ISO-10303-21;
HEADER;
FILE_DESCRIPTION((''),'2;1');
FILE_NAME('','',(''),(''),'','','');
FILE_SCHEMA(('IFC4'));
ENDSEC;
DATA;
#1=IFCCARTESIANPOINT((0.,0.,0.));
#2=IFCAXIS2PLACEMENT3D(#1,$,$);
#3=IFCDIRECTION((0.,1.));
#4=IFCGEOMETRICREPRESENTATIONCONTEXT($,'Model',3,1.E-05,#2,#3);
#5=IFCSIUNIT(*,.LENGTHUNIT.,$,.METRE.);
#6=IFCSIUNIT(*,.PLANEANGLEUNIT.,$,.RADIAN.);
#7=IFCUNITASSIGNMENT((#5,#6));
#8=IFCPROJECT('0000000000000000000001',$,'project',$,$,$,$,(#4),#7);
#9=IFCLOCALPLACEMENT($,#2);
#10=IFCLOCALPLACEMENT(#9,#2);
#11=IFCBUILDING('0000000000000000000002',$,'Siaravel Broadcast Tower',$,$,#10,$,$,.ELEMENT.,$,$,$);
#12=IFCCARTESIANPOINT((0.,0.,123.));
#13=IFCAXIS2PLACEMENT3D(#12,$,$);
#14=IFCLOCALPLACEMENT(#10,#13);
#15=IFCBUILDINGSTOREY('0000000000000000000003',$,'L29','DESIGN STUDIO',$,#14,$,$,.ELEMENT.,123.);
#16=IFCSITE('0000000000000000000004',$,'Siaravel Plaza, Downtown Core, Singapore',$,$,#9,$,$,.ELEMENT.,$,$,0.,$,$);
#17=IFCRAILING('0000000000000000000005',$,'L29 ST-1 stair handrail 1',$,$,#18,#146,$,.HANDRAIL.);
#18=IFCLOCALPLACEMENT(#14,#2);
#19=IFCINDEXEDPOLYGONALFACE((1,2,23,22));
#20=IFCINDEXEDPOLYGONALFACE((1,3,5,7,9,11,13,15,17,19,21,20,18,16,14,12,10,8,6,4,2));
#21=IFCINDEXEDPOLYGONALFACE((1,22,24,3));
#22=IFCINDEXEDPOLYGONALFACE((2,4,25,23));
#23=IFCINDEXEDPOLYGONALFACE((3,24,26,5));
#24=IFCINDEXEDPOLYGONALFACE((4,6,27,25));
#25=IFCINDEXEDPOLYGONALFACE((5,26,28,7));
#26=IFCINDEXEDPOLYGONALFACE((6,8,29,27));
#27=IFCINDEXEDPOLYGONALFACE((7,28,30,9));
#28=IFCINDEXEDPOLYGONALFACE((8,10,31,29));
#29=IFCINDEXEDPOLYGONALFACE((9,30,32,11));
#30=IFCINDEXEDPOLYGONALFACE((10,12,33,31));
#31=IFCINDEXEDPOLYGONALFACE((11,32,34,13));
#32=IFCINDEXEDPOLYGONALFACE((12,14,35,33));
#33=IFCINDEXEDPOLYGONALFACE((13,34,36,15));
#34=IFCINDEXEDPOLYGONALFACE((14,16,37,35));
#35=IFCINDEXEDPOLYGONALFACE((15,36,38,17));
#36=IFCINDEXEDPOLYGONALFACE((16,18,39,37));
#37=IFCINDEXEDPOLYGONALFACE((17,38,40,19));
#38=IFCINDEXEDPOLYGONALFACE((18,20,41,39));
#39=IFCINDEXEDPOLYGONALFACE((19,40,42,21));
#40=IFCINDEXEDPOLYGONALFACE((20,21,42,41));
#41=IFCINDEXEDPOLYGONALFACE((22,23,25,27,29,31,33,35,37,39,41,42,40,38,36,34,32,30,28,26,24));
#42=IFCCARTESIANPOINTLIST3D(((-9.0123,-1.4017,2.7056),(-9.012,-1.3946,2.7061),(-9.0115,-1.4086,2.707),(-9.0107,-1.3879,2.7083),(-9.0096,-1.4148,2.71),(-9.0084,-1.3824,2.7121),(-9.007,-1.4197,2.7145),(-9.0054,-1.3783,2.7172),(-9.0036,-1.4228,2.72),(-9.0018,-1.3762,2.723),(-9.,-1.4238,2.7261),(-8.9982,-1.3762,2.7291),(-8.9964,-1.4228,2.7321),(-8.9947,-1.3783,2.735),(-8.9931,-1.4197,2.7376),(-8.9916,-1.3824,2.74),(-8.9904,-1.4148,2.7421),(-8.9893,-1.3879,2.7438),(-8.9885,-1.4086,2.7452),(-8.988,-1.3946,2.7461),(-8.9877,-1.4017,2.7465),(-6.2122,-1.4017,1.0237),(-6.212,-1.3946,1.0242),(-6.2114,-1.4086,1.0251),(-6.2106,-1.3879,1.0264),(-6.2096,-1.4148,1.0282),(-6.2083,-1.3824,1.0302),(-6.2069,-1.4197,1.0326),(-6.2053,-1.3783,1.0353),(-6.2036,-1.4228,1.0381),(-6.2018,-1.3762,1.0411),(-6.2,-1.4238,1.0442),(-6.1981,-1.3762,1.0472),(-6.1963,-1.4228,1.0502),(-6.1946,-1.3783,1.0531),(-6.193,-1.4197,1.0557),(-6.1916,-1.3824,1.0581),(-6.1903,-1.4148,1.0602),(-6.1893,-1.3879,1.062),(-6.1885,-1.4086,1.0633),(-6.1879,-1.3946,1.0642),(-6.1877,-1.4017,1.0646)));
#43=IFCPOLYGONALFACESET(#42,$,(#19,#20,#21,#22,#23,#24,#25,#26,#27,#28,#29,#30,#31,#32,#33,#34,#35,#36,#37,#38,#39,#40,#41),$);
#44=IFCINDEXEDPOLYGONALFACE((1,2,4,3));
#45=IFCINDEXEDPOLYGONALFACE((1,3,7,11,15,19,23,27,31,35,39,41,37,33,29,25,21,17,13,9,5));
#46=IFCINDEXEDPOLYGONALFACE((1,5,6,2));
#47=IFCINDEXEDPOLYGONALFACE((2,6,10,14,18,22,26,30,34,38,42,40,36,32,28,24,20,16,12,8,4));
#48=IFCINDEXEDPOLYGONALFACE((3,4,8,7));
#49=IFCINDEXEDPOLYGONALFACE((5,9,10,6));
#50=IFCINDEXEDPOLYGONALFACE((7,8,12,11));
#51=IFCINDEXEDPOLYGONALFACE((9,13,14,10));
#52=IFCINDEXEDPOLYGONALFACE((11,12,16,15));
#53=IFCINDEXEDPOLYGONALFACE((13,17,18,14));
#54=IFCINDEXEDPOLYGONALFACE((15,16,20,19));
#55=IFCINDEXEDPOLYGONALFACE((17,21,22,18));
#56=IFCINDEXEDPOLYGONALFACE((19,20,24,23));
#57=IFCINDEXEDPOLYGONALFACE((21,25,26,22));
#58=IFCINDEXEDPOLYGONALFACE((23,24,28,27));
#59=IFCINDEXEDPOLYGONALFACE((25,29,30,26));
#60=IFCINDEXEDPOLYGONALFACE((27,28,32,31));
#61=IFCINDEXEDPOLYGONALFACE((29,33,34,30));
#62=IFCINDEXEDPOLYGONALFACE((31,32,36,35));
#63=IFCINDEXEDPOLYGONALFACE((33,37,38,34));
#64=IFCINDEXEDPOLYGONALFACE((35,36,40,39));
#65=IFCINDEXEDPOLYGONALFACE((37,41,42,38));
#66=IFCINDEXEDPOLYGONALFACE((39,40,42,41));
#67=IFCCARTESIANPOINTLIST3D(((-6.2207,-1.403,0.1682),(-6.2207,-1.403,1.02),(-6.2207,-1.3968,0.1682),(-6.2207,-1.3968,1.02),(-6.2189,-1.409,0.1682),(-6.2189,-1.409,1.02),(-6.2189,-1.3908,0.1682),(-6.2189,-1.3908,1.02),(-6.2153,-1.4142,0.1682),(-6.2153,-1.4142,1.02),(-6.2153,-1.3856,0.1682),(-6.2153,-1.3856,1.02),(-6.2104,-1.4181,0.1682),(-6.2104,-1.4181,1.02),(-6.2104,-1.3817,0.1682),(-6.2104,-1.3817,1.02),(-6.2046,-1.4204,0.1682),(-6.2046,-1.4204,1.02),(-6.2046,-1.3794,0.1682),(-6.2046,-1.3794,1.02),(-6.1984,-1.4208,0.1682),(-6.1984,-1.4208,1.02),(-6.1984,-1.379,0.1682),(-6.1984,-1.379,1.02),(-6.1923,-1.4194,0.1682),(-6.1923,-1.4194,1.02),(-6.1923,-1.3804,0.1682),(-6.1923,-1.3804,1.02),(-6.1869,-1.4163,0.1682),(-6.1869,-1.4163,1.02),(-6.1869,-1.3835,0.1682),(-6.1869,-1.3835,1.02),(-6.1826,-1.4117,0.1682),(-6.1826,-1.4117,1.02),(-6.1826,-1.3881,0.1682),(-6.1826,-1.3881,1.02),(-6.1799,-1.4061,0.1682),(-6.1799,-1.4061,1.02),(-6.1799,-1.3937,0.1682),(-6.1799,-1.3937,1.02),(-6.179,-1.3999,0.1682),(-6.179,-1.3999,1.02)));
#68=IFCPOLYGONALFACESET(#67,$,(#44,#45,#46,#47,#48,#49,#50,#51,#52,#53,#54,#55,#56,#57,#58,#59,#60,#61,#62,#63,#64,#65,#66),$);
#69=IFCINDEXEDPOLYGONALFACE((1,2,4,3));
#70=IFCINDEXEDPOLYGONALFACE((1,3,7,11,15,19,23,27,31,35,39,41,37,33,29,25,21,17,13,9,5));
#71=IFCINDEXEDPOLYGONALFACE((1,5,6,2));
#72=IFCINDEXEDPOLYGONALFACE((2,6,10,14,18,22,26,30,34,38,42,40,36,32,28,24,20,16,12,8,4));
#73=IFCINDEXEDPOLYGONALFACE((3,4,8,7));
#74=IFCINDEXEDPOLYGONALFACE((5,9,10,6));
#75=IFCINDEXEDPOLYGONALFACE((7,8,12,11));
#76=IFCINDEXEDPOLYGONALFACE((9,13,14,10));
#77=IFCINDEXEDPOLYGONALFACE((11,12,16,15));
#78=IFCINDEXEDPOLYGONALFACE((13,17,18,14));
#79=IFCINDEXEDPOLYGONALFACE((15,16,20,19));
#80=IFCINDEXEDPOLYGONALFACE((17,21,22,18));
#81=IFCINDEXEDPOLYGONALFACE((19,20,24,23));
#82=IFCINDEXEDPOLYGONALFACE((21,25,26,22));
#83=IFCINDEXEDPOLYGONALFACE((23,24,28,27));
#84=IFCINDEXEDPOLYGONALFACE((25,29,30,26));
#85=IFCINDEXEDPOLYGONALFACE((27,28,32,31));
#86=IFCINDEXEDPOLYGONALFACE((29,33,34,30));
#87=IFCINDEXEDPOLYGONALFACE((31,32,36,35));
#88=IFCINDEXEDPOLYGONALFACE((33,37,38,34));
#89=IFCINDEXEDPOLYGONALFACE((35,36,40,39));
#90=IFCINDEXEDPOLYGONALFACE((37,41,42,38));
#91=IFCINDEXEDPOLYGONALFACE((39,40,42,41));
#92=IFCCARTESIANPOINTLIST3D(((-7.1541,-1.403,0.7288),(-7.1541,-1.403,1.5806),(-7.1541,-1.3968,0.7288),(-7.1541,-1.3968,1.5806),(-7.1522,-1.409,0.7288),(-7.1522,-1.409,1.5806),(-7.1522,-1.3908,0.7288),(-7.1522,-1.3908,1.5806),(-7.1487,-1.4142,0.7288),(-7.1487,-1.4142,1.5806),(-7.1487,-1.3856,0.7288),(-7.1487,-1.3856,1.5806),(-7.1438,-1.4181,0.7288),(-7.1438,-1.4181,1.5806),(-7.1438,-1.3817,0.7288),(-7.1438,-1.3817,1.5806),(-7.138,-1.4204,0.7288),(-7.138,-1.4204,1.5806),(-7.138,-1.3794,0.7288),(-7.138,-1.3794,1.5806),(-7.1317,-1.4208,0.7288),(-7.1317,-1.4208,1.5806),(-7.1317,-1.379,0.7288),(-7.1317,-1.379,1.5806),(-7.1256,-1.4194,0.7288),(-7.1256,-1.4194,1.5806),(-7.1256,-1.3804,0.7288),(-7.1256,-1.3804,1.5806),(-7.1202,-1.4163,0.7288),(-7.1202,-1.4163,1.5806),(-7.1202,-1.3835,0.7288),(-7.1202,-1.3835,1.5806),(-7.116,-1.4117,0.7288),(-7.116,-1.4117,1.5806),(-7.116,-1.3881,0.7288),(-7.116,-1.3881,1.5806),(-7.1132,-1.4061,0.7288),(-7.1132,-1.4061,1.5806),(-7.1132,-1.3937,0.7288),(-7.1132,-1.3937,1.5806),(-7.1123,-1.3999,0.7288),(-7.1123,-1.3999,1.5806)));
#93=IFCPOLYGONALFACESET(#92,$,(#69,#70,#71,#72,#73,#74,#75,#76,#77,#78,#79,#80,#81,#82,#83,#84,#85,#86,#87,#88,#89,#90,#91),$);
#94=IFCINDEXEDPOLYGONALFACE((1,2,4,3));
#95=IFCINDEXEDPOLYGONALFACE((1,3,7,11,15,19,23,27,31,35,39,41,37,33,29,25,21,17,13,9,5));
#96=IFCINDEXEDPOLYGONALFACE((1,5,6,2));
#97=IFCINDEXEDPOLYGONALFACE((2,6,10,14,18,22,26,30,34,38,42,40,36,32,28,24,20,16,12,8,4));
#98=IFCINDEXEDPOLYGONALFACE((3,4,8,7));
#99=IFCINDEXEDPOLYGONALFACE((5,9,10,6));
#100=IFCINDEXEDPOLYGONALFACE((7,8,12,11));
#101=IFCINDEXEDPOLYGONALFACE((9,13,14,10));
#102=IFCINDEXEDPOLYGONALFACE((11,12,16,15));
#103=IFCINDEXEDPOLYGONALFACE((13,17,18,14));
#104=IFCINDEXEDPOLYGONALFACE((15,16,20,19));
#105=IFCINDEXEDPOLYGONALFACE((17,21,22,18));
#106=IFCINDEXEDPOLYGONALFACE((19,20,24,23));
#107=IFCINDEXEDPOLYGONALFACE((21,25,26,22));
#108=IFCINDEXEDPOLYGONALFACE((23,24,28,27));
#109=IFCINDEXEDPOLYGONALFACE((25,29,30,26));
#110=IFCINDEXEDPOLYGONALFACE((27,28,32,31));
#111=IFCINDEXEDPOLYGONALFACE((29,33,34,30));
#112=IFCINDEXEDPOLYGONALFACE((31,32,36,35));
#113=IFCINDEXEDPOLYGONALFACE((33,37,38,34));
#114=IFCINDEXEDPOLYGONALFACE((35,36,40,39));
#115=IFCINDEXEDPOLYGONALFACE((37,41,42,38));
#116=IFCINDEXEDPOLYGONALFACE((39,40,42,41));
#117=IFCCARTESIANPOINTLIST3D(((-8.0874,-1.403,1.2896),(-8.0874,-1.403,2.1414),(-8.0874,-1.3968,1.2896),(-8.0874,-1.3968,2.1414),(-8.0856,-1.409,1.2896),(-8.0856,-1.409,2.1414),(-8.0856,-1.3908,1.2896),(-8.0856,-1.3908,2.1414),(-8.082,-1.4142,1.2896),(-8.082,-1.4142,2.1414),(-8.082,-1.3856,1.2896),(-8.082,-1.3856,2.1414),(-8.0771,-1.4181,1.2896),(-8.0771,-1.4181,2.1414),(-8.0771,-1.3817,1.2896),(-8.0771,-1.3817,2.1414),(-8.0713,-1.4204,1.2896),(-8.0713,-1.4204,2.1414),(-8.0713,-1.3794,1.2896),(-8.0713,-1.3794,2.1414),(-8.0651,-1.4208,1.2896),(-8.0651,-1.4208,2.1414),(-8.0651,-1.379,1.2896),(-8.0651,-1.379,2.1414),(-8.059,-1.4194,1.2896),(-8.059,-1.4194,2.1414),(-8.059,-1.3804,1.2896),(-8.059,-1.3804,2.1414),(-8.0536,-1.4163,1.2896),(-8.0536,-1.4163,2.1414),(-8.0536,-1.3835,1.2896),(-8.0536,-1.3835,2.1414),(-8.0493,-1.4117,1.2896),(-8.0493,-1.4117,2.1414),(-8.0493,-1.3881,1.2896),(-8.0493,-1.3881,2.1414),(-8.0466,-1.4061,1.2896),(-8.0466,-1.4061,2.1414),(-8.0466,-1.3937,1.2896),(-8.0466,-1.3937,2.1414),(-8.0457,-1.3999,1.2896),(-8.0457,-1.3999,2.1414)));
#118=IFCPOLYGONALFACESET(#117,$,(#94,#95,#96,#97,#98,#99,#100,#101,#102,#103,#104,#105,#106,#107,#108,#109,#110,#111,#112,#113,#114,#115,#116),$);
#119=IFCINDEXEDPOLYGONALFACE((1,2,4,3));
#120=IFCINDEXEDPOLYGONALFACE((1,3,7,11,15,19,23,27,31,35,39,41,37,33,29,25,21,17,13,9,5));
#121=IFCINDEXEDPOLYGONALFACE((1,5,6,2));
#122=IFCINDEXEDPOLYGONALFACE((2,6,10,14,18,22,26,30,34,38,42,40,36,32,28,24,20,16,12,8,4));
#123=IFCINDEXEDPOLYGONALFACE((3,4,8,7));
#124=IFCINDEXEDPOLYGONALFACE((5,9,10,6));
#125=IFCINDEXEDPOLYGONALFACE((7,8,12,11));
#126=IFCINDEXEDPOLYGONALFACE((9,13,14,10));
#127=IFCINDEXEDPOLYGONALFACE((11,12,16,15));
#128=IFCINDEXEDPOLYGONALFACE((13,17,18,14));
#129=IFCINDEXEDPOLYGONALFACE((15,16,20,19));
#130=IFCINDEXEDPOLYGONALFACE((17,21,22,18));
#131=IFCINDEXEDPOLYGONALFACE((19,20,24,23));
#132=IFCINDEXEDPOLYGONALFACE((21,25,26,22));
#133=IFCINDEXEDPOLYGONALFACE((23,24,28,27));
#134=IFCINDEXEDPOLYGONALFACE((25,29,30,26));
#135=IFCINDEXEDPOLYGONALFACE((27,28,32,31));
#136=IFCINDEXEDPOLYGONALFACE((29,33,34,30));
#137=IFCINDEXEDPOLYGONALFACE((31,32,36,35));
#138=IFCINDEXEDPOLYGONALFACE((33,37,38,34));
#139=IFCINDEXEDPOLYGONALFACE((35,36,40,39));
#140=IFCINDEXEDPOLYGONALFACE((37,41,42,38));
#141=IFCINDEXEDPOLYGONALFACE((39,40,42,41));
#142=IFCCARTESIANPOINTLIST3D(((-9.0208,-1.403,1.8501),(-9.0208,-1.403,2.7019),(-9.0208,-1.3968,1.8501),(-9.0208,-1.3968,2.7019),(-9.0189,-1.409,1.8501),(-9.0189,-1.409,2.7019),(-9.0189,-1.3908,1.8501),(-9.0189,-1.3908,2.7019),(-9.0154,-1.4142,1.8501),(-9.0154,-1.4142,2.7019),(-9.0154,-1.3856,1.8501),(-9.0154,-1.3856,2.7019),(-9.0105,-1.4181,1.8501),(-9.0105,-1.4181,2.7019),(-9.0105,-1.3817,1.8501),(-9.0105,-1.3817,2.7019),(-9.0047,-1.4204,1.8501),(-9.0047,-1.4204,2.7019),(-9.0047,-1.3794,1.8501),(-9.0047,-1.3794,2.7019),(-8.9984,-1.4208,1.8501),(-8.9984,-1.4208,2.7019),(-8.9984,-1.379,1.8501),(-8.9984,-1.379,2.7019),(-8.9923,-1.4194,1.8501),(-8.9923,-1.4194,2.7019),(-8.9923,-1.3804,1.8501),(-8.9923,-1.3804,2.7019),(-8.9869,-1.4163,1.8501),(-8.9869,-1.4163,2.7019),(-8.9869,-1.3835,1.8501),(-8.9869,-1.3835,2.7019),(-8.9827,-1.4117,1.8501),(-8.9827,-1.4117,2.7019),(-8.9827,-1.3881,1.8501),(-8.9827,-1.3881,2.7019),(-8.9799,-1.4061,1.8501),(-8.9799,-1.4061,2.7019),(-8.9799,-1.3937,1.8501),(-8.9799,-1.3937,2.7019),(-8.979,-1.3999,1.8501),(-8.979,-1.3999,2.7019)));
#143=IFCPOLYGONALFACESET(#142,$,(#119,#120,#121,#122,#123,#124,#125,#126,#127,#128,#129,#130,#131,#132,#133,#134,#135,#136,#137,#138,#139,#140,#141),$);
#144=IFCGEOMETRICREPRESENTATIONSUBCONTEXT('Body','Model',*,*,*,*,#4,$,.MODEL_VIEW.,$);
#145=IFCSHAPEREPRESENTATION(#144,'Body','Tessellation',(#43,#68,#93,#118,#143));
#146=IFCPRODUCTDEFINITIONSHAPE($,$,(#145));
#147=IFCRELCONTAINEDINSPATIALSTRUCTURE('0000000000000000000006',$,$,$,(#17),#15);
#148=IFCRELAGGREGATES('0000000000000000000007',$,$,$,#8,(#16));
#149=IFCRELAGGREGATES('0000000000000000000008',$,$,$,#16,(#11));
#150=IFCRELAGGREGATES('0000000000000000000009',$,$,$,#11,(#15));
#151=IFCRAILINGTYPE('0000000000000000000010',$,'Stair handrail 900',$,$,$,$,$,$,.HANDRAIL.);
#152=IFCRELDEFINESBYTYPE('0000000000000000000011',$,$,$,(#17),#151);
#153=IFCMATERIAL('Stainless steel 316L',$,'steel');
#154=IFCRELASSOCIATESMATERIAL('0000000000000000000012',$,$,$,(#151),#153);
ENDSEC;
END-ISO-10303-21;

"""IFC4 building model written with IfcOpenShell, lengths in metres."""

from ifc_helpers import new_model, si_unit, direction, frame, origin, origin_2d, place, context, subcontext, project, spatial, circle, extrude, material, type_object, element, save


model = new_model("IFC4")

# Units and contexts
model_context = context("Model", 3, precision=1e-05, world=origin(), true_north=direction((0.0, 1.0)))
body_context = subcontext(model_context, "Body", "Model", "MODEL_VIEW")
ifc_project = project(units=[si_unit("LENGTHUNIT", "METRE"), si_unit("PLANEANGLEUNIT", "RADIAN")], contexts=[model_context])

# Site, building, storey
site_placement = place(None, origin())
site = spatial("IfcSite", under=ifc_project, at=site_placement, Name="Siaravel Plaza, Downtown Core, Singapore", CompositionType="ELEMENT", RefElevation=0.0)
building_placement = place(site_placement, origin())
building = spatial("IfcBuilding", under=site, at=building_placement, Name="Siaravel Broadcast Tower", CompositionType="ELEMENT")
storey_placement = place(building_placement, frame((0.0, 0.0, 123.0)))
storey = spatial("IfcBuildingStorey", under=building, at=storey_placement, Name="L29", Description="DESIGN STUDIO", CompositionType="ELEMENT", Elevation=123.0)

# Railing
ifc_material_1 = material(Name="Stainless steel 316L", Category="steel")
railing_type_1 = type_object("IfcRailingType", Name="Stair handrail 900", PredefinedType="HANDRAIL", material=ifc_material_1)
railing_1_placement = place(storey_placement, frame((-6.2, -1.3999, 0.1682)))
element("IfcRailing", 1, at=railing_1_placement, inside=storey, type_object=railing_type_1, Name="L29 ST-1 stair handrail 1", PredefinedType="HANDRAIL", context=body_context, shape_type="SweptSolid", body=[
    extrude(circle(Radius=0.0239, at=origin_2d()), frame((0.0, 0.0, 0.876), z_axis=(-0.857242, 0.0, 0.514913), x_axis=(0.0, -1.0, 0.0)), (0.0, 0.0, 1.0), 3.2664),
    extrude(circle(Radius=0.021, at=origin_2d()), origin(), (0.0, 0.0, 1.0), 0.8518),
    extrude(circle(Radius=0.021, at=origin_2d()), frame((-0.9333, 0.0, 0.5605)), (0.0, 0.0, 1.0), 0.8518),
    extrude(circle(Radius=0.021, at=origin_2d()), frame((-1.8667, 0.0, 1.1213)), (0.0, 0.0, 1.0), 0.8518),
    extrude(circle(Radius=0.021, at=origin_2d()), frame((-2.8, 0.0, 1.6819)), (0.0, 0.0, 1.0), 0.8518),
])

save(model, "model.ifc")
